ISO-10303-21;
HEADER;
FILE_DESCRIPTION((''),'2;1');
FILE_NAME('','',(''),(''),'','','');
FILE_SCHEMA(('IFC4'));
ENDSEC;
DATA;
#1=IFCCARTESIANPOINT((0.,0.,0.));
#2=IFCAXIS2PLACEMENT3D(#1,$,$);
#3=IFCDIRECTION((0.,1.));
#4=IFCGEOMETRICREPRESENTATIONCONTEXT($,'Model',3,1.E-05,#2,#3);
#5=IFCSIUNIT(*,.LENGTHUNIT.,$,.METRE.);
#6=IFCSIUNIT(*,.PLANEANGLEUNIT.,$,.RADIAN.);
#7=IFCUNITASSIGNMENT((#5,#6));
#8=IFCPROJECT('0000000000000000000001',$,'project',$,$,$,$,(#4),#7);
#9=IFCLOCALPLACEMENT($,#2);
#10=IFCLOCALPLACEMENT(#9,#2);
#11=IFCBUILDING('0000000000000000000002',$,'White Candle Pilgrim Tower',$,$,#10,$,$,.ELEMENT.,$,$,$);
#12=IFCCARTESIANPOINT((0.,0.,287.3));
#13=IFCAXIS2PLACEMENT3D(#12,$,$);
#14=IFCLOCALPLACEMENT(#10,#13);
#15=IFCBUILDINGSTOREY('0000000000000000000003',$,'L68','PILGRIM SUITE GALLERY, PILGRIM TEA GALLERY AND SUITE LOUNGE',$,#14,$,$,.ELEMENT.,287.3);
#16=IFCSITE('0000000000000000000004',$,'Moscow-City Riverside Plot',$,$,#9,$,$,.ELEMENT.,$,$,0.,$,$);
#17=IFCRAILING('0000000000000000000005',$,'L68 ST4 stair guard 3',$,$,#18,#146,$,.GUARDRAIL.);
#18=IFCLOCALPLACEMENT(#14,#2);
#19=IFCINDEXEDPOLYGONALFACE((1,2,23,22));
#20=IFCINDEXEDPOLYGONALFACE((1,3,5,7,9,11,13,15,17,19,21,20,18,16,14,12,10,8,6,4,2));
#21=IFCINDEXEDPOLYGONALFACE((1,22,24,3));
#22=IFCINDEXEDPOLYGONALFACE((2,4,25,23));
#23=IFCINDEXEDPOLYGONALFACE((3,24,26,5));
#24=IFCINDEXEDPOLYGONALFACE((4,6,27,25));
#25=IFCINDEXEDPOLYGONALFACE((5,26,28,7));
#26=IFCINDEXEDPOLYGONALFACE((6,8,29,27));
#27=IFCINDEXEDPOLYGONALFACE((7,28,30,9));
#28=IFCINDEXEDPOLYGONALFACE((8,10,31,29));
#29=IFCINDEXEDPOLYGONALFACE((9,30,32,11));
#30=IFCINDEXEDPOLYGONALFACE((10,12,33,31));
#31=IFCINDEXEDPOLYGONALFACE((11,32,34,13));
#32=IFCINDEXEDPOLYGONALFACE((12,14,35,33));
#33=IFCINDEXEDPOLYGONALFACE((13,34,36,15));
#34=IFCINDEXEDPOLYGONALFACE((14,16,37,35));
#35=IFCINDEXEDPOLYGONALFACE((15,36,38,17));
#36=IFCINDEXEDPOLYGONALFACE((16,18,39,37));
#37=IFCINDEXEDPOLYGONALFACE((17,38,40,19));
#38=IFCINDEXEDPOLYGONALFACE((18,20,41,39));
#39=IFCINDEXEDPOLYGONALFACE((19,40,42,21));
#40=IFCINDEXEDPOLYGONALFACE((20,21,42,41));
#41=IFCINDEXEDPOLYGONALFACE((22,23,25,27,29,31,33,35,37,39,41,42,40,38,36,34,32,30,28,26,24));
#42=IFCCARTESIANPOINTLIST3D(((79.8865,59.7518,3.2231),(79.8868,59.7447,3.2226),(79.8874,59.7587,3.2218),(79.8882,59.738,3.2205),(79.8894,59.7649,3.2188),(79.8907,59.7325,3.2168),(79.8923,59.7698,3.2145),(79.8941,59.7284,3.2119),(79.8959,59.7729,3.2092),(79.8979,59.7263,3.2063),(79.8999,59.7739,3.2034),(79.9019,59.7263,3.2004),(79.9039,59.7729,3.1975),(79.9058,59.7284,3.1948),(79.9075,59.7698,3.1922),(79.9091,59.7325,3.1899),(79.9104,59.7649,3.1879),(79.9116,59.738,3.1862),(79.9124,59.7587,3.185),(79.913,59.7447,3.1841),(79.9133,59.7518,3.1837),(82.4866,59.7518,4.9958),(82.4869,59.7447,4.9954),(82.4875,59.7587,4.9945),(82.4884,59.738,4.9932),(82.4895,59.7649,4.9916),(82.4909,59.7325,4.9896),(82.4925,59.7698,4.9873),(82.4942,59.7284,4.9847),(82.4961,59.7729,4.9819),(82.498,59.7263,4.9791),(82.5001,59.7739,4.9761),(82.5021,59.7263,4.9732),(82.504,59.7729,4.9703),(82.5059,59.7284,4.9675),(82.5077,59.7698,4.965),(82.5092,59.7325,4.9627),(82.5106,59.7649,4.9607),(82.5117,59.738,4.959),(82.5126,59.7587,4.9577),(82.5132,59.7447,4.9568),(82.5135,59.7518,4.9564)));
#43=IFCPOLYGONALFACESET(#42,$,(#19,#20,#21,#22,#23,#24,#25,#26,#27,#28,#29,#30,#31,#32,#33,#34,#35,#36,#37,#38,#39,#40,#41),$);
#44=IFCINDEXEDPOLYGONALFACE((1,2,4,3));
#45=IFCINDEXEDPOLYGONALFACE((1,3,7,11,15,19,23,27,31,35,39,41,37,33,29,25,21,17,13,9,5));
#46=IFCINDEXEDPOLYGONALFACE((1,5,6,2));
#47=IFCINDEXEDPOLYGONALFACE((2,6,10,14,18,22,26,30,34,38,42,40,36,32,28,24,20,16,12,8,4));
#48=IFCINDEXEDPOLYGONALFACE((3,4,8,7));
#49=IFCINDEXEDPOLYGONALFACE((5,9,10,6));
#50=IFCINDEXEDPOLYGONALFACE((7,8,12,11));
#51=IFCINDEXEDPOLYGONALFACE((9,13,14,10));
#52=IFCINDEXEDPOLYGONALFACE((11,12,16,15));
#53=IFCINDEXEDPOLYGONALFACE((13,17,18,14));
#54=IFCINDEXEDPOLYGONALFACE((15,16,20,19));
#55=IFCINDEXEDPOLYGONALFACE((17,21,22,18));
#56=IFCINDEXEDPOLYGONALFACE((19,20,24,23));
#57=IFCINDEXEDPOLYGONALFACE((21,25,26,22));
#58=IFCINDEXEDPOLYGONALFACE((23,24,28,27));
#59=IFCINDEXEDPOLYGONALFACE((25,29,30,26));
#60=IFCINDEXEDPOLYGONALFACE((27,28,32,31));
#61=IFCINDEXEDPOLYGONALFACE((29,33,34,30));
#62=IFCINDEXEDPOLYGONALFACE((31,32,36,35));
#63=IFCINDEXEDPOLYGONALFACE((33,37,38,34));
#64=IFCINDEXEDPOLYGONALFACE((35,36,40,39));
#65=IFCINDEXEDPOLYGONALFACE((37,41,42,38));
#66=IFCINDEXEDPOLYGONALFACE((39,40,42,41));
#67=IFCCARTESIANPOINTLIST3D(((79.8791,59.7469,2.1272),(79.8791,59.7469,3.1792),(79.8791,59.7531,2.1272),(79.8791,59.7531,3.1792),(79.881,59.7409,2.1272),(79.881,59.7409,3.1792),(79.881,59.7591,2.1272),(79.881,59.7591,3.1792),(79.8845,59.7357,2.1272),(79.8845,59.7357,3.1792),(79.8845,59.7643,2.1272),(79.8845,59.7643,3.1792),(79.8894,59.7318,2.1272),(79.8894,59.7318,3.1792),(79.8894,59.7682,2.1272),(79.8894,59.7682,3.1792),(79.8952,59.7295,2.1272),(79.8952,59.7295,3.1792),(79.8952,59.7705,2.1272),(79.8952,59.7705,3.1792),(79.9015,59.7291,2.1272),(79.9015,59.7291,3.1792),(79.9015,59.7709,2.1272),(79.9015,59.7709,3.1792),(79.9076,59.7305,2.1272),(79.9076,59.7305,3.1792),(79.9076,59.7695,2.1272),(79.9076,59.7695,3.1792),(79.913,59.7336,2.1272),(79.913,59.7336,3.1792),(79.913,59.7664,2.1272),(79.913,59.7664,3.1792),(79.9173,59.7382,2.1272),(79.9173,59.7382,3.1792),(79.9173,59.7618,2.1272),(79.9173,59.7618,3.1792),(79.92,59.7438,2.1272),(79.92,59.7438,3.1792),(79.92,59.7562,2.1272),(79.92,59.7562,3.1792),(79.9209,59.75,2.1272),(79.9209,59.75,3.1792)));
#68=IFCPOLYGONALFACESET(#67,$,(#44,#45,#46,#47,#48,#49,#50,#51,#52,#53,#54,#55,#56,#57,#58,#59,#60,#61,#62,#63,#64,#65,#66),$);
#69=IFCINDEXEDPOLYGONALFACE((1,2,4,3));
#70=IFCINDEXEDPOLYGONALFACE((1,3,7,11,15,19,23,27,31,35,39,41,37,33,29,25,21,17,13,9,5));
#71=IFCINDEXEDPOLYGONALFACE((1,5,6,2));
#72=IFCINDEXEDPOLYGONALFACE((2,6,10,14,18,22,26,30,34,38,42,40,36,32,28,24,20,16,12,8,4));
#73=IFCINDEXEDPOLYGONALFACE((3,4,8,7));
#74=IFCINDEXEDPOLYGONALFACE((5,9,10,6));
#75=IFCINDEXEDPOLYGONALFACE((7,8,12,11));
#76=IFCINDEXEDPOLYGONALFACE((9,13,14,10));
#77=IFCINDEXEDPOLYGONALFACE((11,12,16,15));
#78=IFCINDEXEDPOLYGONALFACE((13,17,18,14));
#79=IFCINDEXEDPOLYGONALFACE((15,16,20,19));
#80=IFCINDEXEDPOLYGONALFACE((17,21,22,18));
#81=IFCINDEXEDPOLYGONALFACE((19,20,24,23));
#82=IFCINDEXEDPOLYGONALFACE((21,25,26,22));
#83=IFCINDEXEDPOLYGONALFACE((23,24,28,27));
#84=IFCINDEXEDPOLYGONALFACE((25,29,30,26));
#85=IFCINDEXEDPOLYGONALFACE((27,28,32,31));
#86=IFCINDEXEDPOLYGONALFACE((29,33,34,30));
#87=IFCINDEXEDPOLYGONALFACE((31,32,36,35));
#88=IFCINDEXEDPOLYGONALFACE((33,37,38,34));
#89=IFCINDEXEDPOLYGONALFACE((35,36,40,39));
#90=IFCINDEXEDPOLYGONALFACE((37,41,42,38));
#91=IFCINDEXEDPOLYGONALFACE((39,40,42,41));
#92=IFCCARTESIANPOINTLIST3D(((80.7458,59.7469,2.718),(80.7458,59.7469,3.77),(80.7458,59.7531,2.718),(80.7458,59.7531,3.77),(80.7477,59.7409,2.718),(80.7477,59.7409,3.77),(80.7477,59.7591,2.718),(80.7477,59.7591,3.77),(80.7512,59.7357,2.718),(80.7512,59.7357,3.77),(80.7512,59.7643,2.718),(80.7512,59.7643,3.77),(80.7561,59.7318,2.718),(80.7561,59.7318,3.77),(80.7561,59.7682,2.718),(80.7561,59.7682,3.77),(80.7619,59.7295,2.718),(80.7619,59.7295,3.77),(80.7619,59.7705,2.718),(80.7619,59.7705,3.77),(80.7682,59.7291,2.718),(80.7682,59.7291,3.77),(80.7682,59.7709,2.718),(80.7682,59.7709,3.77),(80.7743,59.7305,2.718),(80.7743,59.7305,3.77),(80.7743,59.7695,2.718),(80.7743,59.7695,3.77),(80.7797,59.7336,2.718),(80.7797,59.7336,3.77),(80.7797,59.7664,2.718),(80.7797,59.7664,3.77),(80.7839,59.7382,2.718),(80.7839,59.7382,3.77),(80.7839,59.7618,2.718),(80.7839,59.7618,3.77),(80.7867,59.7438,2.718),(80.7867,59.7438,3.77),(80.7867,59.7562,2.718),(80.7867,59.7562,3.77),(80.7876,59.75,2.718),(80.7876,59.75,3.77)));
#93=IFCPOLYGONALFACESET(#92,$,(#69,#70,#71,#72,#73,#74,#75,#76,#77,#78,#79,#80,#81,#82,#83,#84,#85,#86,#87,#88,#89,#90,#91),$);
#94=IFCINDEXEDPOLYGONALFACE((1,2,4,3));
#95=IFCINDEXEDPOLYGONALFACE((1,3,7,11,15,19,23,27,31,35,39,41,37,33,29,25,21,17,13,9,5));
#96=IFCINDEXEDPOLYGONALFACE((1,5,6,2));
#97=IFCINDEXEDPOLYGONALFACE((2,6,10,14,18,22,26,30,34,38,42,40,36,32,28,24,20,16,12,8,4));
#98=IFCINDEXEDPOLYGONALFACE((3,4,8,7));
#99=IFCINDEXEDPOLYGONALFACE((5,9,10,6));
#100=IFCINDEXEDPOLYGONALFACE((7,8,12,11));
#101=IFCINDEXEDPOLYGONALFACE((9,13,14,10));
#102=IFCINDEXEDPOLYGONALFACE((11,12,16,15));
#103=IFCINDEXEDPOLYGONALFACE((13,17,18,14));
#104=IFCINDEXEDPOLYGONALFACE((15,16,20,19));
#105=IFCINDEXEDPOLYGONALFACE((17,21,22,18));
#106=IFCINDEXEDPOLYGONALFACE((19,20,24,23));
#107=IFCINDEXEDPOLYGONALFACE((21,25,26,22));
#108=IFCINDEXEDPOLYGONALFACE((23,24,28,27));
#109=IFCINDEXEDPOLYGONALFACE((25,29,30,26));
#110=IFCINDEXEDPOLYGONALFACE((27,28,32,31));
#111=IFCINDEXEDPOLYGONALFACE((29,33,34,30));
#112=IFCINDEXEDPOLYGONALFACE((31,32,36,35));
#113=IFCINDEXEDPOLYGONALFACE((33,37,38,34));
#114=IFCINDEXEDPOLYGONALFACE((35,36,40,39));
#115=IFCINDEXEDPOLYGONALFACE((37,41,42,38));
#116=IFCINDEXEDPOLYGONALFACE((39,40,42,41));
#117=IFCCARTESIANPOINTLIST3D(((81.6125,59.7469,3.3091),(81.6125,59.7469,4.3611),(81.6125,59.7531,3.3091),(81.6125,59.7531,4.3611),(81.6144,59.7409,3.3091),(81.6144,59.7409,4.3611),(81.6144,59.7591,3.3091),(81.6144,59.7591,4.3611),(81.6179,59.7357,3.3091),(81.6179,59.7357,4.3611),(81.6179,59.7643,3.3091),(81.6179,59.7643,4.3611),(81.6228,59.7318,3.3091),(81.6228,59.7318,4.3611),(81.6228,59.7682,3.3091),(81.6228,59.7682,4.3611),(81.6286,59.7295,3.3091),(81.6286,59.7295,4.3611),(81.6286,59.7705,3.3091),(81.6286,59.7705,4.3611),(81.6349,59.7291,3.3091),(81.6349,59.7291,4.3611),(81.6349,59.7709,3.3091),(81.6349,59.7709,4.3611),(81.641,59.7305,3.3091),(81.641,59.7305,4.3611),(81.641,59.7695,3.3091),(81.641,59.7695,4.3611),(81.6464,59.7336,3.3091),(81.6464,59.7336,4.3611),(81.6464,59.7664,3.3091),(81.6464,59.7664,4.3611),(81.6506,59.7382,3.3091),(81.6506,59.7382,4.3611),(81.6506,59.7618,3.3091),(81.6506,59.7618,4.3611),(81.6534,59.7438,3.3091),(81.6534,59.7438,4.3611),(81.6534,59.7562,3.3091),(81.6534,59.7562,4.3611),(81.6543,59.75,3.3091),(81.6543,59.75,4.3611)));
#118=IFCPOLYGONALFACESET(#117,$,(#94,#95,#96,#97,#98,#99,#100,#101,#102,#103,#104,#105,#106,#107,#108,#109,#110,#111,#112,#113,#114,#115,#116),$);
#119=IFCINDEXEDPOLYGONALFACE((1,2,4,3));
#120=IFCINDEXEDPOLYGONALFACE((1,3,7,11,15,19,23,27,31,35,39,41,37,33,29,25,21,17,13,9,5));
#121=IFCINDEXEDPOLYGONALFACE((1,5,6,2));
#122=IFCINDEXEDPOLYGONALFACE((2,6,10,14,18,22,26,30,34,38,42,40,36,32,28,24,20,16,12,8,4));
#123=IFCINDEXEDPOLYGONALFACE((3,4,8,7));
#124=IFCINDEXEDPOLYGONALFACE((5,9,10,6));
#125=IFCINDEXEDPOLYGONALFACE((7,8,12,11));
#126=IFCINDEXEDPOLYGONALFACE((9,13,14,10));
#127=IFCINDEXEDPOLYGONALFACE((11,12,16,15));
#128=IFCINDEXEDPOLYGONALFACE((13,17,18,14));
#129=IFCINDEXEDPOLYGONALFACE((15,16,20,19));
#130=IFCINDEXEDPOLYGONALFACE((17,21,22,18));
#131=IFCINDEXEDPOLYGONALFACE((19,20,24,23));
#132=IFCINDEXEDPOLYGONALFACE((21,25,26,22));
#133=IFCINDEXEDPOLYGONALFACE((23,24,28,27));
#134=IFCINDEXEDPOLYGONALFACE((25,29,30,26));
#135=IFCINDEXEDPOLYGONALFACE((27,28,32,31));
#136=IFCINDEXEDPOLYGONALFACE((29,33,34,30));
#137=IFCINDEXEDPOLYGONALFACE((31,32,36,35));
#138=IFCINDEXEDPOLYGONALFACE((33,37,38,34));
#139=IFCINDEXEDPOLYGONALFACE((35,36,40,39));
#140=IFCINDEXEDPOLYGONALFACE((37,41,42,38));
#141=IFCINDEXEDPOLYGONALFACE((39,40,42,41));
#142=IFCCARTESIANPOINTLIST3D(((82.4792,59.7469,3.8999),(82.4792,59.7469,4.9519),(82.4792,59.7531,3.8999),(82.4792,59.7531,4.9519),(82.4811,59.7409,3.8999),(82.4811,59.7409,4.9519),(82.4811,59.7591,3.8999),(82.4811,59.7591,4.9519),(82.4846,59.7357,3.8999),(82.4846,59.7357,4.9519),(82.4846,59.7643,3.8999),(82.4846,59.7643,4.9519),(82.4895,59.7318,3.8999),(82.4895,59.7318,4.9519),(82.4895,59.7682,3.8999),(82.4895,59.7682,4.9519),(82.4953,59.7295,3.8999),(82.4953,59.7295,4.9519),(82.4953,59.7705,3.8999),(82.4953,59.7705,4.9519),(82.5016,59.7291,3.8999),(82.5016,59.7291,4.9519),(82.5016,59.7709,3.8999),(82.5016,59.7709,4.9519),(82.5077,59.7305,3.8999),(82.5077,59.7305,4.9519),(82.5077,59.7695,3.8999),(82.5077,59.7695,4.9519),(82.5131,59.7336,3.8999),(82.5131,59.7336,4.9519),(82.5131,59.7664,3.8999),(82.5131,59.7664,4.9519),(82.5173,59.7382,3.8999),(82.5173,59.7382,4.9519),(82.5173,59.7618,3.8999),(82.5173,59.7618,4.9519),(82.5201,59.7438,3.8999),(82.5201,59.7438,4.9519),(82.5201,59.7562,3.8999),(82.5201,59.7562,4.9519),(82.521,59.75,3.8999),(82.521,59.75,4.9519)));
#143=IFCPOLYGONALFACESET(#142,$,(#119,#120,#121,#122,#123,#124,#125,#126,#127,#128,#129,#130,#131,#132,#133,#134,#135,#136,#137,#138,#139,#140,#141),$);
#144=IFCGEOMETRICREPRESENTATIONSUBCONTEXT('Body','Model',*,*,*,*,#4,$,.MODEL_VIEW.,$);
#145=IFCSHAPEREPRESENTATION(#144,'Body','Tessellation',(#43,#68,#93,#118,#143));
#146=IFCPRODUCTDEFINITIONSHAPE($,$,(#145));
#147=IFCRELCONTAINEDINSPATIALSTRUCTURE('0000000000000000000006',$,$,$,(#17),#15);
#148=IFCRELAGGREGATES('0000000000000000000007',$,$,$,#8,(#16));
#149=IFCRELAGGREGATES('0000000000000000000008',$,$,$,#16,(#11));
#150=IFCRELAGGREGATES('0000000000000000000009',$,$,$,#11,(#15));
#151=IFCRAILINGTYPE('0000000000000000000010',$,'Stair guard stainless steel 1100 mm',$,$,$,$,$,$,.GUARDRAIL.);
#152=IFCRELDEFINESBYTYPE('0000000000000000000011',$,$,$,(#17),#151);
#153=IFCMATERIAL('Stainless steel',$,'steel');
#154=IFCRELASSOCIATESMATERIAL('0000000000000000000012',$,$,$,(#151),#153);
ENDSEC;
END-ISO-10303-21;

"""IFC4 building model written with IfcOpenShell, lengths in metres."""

from ifc_helpers import new_model, si_unit, direction, frame, origin, origin_2d, place, context, subcontext, project, spatial, circle, extrude, material, type_object, element, save


model = new_model("IFC4")

# Units and contexts
model_context = context("Model", 3, precision=1e-05, world=origin(), true_north=direction((0.0, 1.0)))
body_context = subcontext(model_context, "Body", "Model", "MODEL_VIEW")
ifc_project = project(units=[si_unit("LENGTHUNIT", "METRE"), si_unit("PLANEANGLEUNIT", "RADIAN")], contexts=[model_context])

# Site, building, storey
site_placement = place(None, origin())
site = spatial("IfcSite", under=ifc_project, at=site_placement, Name="Moscow-City Riverside Plot", CompositionType="ELEMENT", RefElevation=0.0)
building_placement = place(site_placement, origin())
building = spatial("IfcBuilding", under=site, at=building_placement, Name="White Candle Pilgrim Tower", CompositionType="ELEMENT")
storey_placement = place(building_placement, frame((0.0, 0.0, 287.3)))
storey = spatial("IfcBuildingStorey", under=building, at=storey_placement, Name="L68", Description="PILGRIM SUITE GALLERY, PILGRIM TEA GALLERY AND SUITE LOUNGE", CompositionType="ELEMENT", Elevation=287.3)

# Railing
ifc_material_1 = material(Name="Stainless steel", Category="steel")
railing_type = type_object("IfcRailingType", Name="Stair guard stainless steel 1100 mm", PredefinedType="GUARDRAIL", material=ifc_material_1)
railing_1_placement = place(storey_placement, frame((79.8999, 59.75, 2.1272)))
element("IfcRailing", 1, at=railing_1_placement, inside=storey, type_object=railing_type, Name="L68 ST4 stair guard 3", PredefinedType="GUARDRAIL", context=body_context, shape_type="SweptSolid", body=[
    extrude(circle(Radius=0.0239, at=origin_2d()), frame((0.0, 0.0, 1.0762), z_axis=(0.82624, 0.0, 0.563318), x_axis=(0.0, 1.0, 0.0)), (0.0, 0.0, 1.0), 3.147),
    extrude(circle(Radius=0.021, at=origin_2d()), origin(), (0.0, 0.0, 1.0), 1.052),
    extrude(circle(Radius=0.021, at=origin_2d()), frame((0.8667, 0.0, 0.5908)), (0.0, 0.0, 1.0), 1.052),
    extrude(circle(Radius=0.021, at=origin_2d()), frame((1.7334, 0.0, 1.1819)), (0.0, 0.0, 1.0), 1.052),
    extrude(circle(Radius=0.021, at=origin_2d()), frame((2.6001, 0.0, 1.7727)), (0.0, 0.0, 1.0), 1.052),
])

save(model, "model.ifc")
